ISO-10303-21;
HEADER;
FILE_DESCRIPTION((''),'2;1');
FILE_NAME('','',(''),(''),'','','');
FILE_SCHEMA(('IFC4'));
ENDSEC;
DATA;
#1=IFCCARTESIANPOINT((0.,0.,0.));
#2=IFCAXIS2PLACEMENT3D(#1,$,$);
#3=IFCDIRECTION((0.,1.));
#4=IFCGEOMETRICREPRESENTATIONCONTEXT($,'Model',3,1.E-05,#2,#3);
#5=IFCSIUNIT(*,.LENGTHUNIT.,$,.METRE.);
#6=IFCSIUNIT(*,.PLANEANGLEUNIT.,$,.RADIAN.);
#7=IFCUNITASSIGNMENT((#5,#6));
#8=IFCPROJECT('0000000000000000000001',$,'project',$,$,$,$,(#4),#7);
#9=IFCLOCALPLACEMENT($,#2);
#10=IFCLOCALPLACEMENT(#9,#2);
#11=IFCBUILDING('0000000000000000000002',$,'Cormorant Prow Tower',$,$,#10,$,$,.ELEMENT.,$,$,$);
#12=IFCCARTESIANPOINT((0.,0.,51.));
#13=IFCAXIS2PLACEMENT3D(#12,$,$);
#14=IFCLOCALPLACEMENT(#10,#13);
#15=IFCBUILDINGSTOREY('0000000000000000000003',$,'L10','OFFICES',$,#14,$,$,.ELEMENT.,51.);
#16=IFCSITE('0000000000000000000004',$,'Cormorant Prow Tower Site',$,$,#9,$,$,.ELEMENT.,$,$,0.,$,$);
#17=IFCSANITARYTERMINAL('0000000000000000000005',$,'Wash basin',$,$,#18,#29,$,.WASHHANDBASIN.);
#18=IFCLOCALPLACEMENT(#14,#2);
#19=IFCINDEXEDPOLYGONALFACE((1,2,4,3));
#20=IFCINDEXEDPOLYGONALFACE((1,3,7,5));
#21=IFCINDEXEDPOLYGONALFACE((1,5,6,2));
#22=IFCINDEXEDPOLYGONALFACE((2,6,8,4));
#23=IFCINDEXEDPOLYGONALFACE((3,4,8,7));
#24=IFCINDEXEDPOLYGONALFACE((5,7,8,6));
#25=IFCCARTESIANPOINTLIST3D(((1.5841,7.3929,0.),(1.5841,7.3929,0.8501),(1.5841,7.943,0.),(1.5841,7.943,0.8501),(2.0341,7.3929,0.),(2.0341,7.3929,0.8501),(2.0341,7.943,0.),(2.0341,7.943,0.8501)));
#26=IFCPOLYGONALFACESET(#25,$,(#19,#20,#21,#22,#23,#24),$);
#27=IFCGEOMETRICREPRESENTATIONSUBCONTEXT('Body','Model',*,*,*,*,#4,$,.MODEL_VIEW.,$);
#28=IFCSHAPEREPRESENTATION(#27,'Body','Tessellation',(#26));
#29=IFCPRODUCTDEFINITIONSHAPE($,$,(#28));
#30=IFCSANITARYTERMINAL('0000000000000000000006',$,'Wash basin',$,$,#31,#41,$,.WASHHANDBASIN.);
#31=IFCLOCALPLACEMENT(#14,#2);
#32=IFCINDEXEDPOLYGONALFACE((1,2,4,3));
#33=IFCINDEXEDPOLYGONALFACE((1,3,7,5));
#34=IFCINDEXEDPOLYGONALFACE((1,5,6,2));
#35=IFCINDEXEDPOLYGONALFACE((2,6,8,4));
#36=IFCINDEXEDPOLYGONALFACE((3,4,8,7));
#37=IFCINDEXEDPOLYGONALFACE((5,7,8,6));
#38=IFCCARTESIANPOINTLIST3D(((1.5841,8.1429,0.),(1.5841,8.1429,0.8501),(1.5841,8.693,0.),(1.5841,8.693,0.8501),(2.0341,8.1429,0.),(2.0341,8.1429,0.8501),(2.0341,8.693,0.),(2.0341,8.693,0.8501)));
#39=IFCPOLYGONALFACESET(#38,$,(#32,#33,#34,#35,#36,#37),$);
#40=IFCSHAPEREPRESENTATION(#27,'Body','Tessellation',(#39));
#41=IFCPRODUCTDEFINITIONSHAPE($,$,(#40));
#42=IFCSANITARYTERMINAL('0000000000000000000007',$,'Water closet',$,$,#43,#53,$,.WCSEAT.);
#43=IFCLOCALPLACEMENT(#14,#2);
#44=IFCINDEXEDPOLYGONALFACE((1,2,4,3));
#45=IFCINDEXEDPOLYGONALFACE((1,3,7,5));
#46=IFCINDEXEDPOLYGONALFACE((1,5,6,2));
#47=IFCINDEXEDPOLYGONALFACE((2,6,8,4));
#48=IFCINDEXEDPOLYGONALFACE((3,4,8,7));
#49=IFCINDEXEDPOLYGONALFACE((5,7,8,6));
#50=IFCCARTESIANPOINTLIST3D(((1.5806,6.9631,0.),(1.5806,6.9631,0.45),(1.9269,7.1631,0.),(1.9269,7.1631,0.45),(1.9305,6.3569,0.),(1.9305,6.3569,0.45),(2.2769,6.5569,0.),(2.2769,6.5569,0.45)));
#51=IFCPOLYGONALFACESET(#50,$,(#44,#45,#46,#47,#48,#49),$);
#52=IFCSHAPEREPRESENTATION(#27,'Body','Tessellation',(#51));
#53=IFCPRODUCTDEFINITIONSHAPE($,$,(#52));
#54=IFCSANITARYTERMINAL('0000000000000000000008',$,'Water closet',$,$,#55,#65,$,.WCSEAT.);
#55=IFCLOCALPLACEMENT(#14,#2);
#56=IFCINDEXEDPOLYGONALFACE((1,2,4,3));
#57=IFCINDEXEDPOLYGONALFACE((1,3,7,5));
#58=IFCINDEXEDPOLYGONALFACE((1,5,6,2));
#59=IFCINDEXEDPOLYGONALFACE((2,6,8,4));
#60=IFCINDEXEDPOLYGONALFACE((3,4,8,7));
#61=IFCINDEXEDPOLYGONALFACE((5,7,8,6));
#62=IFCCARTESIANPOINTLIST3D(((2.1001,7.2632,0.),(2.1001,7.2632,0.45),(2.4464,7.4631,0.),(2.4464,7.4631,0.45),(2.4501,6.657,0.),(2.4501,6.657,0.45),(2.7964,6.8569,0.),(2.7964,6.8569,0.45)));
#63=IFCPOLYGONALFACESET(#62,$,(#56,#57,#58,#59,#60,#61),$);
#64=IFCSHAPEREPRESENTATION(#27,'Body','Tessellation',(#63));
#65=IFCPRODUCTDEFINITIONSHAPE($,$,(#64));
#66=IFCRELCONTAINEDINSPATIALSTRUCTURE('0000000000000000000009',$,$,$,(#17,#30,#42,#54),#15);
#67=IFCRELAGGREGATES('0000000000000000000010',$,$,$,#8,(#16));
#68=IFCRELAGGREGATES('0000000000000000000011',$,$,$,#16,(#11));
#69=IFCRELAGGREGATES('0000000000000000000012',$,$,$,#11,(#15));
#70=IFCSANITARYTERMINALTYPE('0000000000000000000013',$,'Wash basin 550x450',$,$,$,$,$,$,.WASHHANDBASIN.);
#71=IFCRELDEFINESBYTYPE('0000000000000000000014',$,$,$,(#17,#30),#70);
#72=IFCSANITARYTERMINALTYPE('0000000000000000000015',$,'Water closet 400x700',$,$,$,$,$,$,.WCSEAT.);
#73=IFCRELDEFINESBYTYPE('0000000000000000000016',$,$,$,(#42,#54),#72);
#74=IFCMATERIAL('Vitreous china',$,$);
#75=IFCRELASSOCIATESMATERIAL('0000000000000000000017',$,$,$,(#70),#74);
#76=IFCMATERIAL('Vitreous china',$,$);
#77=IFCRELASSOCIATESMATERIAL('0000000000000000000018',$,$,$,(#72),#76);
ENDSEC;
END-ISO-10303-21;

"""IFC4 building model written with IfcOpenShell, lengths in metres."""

from ifc_helpers import new_model, si_unit, direction, frame, origin, origin_2d, place, context, subcontext, project, spatial, rectangle, extrude, material, type_object, element, save


model = new_model("IFC4")

# Units and contexts
model_context = context("Model", 3, precision=1e-05, world=origin(), true_north=direction((0.0, 1.0)))
body_context = subcontext(model_context, "Body", "Model", "MODEL_VIEW")
ifc_project = project(units=[si_unit("LENGTHUNIT", "METRE"), si_unit("PLANEANGLEUNIT", "RADIAN")], contexts=[model_context])

# Site, building, storey
site_placement = place(None, origin())
site = spatial("IfcSite", under=ifc_project, at=site_placement, Name="Cormorant Prow Tower Site", CompositionType="ELEMENT", RefElevation=0.0)
building_placement = place(site_placement, origin())
building = spatial("IfcBuilding", under=site, at=building_placement, Name="Cormorant Prow Tower", CompositionType="ELEMENT")
storey_placement = place(building_placement, frame((0.0, 0.0, 51.0)))
storey = spatial("IfcBuildingStorey", under=building, at=storey_placement, Name="L10", Description="OFFICES", CompositionType="ELEMENT", Elevation=51.0)

# Sanitary terminals
ifc_material_1 = material(Name="Vitreous china")
sanitary_terminal_type_1 = type_object("IfcSanitaryTerminalType", Name="Wash basin 550x450", PredefinedType="WASHHANDBASIN", material=ifc_material_1)
for number, where, z_axis, x_axis, name in (
    (1, (1.8091, 7.668, 0.0), (0.0, 0.0, 1.0), (0.0, -1.0, 0.0), "Wash basin"),
    (2, (1.8091, 8.418, 0.0), (0.0, 0.0, 1.0), (0.0, -1.0, 0.0), "Wash basin"),
):
    element("IfcSanitaryTerminal", number, at=place(storey_placement, frame(where, z_axis=z_axis, x_axis=x_axis)), inside=storey, type_object=sanitary_terminal_type_1, Name=name, PredefinedType="WASHHANDBASIN", context=body_context, shape_type="SweptSolid", body=[
        extrude(rectangle(XDim=0.55, YDim=0.45, at=origin_2d()), origin(), (0.0, 0.0, 1.0), 0.8501),
    ])
ifc_material_2 = material(Name="Vitreous china")
sanitary_terminal_type_2 = type_object("IfcSanitaryTerminalType", Name="Water closet 400x700", PredefinedType="WCSEAT", material=ifc_material_2)
for number, where, z_axis, x_axis, name in (
    (3, (1.9287, 6.76, 0.0), (0.0, 0.0, 1.0), (0.866025, 0.5, 0.0), "Water closet"),
    (4, (2.4482, 7.0601, 0.0), (0.0, 0.0, 1.0), (0.866025, 0.5, 0.0), "Water closet"),
):
    element("IfcSanitaryTerminal", number, at=place(storey_placement, frame(where, z_axis=z_axis, x_axis=x_axis)), inside=storey, type_object=sanitary_terminal_type_2, Name=name, PredefinedType="WCSEAT", context=body_context, shape_type="SweptSolid", body=[
        extrude(rectangle(XDim=0.3999, YDim=0.7, at=origin_2d()), origin(), (0.0, 0.0, 1.0), 0.45),
    ])

save(model, "model.ifc")
